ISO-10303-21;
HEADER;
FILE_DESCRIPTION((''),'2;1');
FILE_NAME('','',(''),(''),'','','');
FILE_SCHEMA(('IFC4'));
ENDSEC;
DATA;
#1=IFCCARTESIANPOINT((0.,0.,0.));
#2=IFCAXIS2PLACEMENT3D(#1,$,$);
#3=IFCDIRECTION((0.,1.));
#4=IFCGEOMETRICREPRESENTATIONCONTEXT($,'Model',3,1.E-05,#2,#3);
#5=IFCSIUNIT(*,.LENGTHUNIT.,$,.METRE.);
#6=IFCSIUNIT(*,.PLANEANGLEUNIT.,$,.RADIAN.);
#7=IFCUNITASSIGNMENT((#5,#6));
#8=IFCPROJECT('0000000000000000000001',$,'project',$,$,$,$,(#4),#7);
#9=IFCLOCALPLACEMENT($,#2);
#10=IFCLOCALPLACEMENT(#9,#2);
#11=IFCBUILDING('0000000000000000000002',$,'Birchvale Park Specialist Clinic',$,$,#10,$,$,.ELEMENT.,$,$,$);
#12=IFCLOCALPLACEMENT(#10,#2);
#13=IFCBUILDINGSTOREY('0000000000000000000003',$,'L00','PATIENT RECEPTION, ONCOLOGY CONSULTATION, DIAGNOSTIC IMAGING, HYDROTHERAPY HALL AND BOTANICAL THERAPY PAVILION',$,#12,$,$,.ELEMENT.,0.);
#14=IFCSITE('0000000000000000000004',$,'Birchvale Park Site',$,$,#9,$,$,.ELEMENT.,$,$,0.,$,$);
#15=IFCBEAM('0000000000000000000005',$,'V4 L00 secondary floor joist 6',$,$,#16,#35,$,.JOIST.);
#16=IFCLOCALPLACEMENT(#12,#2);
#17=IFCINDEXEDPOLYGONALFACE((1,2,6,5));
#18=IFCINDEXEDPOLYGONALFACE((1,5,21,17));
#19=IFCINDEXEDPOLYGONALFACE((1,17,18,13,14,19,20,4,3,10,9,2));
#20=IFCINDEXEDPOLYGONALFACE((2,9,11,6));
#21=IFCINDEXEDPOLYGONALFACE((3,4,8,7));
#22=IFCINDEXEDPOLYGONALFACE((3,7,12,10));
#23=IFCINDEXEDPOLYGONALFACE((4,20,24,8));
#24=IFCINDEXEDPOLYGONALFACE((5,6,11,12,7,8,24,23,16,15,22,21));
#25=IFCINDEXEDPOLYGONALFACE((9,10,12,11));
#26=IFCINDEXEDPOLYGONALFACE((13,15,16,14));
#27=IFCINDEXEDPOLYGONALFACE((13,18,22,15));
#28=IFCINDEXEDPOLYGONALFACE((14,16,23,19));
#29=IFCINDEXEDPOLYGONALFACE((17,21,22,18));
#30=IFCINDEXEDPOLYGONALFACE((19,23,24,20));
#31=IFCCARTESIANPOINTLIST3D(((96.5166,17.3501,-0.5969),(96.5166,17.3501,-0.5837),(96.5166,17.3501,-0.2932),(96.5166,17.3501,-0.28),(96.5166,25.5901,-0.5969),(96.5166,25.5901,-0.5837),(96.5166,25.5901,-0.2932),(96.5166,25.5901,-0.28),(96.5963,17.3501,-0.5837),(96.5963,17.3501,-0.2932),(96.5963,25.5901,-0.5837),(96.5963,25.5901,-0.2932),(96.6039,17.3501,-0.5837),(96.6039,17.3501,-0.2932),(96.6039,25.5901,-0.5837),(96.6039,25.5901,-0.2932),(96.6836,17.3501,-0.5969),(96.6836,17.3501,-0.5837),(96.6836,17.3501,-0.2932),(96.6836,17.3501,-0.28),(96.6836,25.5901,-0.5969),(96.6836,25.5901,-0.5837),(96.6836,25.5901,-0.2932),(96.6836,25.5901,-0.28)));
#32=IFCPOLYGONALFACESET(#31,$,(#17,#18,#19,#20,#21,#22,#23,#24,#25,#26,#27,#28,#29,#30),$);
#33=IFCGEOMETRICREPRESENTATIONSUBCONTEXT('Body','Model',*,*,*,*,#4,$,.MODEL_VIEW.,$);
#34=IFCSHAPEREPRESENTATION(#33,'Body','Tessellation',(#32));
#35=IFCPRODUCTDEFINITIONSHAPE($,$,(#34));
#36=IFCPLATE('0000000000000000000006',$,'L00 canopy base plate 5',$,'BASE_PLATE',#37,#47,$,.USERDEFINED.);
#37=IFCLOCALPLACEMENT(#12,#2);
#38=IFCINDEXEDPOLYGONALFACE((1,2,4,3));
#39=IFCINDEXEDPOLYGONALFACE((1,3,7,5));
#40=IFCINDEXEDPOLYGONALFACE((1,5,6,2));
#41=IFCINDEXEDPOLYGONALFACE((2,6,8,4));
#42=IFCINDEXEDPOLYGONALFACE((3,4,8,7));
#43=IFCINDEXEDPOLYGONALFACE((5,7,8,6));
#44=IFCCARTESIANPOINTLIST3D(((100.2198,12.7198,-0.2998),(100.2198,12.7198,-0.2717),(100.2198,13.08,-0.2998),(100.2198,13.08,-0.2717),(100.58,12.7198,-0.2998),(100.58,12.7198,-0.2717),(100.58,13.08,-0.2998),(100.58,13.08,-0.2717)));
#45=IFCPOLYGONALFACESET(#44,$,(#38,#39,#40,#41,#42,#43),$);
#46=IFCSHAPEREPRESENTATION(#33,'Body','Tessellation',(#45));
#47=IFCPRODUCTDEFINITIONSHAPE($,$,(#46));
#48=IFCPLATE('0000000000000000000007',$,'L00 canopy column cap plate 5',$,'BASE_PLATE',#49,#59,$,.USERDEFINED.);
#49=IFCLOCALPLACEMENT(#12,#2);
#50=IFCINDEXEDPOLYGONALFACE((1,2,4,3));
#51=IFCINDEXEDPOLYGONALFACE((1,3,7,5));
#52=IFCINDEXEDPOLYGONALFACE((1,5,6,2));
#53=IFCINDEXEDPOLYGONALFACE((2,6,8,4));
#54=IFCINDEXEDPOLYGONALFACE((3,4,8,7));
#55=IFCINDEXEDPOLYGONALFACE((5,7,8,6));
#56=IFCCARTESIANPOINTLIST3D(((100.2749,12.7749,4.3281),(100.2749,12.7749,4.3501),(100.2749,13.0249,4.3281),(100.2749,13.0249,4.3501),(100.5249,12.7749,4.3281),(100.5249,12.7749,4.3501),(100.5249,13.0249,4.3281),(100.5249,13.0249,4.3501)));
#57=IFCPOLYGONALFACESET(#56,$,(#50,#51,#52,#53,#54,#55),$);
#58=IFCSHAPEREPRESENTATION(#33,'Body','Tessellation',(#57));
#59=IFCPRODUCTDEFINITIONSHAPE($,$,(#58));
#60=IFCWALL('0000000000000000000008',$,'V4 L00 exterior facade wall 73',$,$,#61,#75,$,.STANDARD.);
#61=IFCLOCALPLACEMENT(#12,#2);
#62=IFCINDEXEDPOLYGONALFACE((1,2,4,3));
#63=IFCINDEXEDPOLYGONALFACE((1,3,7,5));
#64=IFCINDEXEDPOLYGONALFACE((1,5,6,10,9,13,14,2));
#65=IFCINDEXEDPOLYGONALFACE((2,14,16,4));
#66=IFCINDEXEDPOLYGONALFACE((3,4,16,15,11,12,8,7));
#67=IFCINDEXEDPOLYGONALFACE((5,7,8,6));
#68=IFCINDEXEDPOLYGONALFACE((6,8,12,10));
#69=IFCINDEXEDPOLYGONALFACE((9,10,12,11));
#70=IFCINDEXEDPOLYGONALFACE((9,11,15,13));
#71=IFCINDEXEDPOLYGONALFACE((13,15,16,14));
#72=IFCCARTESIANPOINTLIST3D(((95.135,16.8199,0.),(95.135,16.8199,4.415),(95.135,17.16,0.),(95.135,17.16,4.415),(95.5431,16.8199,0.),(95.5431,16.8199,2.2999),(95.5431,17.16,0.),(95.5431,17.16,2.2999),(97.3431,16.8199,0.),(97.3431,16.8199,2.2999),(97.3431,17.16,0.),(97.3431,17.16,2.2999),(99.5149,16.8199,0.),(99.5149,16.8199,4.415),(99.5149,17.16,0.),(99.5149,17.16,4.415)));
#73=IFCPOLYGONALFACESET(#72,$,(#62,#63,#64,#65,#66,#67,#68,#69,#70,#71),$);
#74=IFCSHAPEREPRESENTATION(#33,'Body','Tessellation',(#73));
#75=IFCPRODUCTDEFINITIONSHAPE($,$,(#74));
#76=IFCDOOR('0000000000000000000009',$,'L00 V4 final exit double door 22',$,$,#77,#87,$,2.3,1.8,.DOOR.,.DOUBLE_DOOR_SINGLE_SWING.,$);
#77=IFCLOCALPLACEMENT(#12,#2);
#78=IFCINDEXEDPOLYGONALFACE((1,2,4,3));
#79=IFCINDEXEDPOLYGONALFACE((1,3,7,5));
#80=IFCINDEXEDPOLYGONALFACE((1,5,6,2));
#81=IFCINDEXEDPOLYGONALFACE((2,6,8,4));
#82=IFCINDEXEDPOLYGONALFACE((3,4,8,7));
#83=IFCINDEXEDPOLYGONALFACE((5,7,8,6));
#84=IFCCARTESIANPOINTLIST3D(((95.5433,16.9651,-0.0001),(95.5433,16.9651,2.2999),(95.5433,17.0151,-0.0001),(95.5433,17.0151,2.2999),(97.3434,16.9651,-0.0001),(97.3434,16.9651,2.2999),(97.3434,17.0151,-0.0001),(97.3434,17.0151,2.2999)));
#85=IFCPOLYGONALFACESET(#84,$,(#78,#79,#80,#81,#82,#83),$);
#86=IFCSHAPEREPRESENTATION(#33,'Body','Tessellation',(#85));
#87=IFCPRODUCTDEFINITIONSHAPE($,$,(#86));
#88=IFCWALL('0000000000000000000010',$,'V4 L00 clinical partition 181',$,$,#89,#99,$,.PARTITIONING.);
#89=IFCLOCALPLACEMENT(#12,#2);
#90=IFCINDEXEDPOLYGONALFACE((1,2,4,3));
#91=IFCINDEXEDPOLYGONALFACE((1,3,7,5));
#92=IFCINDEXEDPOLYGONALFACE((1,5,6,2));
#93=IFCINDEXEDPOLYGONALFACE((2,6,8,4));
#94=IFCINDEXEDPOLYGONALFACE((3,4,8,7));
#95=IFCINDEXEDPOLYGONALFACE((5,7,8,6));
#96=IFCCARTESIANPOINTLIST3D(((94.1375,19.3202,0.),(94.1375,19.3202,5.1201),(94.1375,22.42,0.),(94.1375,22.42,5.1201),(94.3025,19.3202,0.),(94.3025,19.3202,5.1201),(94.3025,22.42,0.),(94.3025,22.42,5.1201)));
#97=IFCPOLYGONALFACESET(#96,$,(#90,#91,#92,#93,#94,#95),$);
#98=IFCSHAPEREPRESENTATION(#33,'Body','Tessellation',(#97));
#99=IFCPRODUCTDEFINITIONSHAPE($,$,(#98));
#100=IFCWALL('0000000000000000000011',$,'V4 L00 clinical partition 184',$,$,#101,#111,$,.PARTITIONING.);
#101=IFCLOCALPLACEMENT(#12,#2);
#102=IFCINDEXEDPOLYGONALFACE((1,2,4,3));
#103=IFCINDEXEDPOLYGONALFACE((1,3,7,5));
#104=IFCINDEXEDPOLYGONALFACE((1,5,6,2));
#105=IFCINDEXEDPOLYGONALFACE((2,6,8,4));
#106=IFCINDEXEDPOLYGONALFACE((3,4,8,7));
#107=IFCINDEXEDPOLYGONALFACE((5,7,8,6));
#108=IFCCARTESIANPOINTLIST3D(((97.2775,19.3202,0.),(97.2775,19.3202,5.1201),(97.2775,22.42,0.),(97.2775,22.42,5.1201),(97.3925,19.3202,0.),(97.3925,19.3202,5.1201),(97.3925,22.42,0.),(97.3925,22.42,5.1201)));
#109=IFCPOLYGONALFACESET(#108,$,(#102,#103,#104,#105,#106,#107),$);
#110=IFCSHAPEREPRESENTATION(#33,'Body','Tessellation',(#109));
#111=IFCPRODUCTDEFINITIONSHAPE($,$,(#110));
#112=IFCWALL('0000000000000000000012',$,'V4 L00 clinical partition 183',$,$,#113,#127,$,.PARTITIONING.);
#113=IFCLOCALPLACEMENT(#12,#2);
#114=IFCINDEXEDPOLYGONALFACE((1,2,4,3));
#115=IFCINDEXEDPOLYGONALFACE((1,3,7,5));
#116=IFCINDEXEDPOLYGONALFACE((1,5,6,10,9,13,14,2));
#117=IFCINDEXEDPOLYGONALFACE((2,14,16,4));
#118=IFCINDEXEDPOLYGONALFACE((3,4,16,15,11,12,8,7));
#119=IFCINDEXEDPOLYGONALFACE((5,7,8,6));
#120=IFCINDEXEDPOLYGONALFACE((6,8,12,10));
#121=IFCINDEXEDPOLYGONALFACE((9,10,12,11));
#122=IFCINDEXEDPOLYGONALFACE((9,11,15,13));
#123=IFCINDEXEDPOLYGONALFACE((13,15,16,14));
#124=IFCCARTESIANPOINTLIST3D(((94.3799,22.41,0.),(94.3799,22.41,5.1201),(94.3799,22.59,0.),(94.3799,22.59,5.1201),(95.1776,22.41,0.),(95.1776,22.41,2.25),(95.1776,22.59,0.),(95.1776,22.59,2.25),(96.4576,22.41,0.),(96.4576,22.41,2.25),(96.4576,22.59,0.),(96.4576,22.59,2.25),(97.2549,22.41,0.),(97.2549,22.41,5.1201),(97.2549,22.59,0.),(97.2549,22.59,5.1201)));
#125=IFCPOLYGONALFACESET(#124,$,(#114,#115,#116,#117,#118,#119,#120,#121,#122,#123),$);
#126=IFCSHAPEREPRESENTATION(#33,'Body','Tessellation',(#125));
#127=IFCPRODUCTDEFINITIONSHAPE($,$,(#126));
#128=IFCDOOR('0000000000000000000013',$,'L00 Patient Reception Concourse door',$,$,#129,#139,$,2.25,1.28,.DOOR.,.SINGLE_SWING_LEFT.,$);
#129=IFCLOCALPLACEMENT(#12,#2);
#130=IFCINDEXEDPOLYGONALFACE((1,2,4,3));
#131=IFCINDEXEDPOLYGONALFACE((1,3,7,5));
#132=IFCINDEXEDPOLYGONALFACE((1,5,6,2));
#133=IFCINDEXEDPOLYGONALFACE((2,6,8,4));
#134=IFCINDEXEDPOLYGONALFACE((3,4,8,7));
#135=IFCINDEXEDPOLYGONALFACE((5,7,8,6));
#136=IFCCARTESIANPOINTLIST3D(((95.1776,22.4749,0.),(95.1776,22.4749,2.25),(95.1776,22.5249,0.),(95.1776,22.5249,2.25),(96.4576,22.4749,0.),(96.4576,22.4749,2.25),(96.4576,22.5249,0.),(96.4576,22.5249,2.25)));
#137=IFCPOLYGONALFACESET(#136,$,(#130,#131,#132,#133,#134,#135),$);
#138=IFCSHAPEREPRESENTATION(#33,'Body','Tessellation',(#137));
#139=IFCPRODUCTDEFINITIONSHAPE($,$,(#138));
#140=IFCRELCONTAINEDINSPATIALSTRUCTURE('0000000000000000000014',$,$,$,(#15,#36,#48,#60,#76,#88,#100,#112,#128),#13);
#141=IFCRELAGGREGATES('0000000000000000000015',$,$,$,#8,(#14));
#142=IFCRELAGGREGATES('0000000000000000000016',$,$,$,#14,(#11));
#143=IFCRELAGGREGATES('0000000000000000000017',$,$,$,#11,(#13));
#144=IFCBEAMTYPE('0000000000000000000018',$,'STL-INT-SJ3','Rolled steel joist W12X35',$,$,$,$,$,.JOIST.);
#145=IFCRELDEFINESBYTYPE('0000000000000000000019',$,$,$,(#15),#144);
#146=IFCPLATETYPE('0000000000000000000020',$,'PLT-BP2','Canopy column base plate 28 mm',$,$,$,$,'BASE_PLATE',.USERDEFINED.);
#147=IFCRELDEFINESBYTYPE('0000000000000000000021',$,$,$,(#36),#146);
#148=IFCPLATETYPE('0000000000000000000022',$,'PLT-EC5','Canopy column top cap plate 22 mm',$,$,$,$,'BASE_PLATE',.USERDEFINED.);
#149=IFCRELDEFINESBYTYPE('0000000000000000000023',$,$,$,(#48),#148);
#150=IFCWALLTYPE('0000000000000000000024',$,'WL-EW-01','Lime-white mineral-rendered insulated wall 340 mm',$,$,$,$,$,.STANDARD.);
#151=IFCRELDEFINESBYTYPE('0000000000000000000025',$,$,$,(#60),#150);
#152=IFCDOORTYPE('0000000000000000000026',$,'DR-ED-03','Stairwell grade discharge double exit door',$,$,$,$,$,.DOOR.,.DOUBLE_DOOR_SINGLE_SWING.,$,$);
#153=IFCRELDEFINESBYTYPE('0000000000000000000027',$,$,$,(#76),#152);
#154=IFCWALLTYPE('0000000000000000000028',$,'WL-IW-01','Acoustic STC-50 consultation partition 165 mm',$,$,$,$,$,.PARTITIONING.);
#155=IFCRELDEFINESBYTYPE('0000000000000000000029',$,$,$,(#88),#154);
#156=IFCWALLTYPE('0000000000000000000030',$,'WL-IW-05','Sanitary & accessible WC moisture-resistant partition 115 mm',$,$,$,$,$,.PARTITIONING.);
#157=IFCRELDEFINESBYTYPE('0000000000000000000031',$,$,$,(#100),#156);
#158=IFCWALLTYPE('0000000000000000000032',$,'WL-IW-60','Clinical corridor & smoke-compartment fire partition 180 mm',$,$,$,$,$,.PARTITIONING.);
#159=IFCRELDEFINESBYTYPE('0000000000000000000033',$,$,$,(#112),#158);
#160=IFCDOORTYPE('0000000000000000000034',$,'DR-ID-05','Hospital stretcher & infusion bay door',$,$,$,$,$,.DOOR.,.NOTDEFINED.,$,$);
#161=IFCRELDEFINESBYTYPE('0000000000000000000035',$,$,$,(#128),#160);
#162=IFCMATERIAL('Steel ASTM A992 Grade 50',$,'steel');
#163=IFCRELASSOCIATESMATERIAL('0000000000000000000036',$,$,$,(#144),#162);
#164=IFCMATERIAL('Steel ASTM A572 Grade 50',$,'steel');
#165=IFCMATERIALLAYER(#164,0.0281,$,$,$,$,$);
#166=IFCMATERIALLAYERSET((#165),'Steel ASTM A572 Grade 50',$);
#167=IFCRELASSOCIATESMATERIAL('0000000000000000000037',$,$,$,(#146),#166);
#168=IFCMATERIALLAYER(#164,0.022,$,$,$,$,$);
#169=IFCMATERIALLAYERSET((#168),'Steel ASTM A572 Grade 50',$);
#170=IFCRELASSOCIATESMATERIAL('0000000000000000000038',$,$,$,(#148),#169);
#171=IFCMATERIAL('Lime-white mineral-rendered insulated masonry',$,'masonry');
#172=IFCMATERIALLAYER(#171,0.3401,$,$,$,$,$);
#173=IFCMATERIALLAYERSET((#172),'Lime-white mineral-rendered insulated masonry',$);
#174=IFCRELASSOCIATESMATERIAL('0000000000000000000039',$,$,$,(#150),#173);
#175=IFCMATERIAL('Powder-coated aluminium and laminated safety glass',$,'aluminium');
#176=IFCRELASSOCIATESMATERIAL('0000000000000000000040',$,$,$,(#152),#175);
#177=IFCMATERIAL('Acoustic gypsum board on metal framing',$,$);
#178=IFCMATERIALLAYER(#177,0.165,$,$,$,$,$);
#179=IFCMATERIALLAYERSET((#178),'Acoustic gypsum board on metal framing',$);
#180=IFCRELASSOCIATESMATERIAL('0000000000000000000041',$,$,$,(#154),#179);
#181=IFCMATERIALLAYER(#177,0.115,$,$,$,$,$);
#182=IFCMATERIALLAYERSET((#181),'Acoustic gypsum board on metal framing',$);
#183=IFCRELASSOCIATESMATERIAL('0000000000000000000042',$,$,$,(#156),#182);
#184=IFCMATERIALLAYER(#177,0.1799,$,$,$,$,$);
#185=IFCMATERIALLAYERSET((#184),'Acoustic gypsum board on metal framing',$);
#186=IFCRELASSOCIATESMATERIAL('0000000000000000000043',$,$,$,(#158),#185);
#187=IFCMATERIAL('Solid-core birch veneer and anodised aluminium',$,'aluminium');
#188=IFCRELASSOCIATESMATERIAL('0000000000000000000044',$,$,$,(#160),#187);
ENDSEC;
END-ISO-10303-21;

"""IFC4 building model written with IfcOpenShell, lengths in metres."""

from ifc_helpers import new_model, si_unit, direction, frame, frame_2d, origin, origin_2d, place, context, subcontext, project, spatial, rectangle, i_section, extrude, material, layer, layer_set, material_profile, profile_set, type_object, element, fill, save


model = new_model("IFC4")

# Units and contexts
model_context = context("Model", 3, precision=1e-05, world=origin(), true_north=direction((0.0, 1.0)))
body_context = subcontext(model_context, "Body", "Model", "MODEL_VIEW")
ifc_project = project(units=[si_unit("LENGTHUNIT", "METRE"), si_unit("PLANEANGLEUNIT", "RADIAN")], contexts=[model_context])

# Site, building, storey
site_placement = place(None, origin())
site = spatial("IfcSite", under=ifc_project, at=site_placement, Name="Birchvale Park Site", CompositionType="ELEMENT", RefElevation=0.0)
building_placement = place(site_placement, origin())
building = spatial("IfcBuilding", under=site, at=building_placement, Name="Birchvale Park Specialist Clinic", CompositionType="ELEMENT")
storey_placement = place(building_placement, origin())
storey = spatial("IfcBuildingStorey", under=building, at=storey_placement, Name="L00", Description="PATIENT RECEPTION, ONCOLOGY CONSULTATION, DIAGNOSTIC IMAGING, HYDROTHERAPY HALL AND BOTANICAL THERAPY PAVILION", CompositionType="ELEMENT", Elevation=0.0)

# Beam
ifc_material_1 = material(Name="Steel ASTM A992 Grade 50", Category="steel")
ifc_material_profile_1 = material_profile(ifc_material_1, i_section(OverallWidth=0.167, OverallDepth=0.3169, WebThickness=0.0076, FlangeThickness=0.0132, at=origin_2d()), Name="W12X35")
ifc_profile_set_1 = profile_set([ifc_material_profile_1], Name="Steel ASTM A992 Grade 50")
beam_type_1 = type_object("IfcBeamType", Name="STL-INT-SJ3", Description="Rolled steel joist W12X35", PredefinedType="JOIST", material=ifc_profile_set_1)
beam_1_placement = place(storey_placement, frame((96.6001, 17.3501, -0.4385), z_axis=(0.0, 1.0, 0.0), x_axis=(-1.0, 0.0, 0.0)))
element("IfcBeam", 1, at=beam_1_placement, inside=storey, type_object=beam_type_1, Name="V4 L00 secondary floor joist 6", PredefinedType="JOIST", context=body_context, shape_type="SweptSolid", body=[
    extrude(i_section(OverallWidth=0.167, OverallDepth=0.3169, WebThickness=0.0076, FlangeThickness=0.0132, at=origin_2d()), origin(), (0.0, 0.0, 1.0), 8.24),
])

# Plates
ifc_material_2 = material(Name="Steel ASTM A572 Grade 50", Category="steel")
ifc_layer_1 = layer(ifc_material_2, 0.0281)
ifc_layer_set_1 = layer_set([ifc_layer_1], Name="Steel ASTM A572 Grade 50")
plate_type_1 = type_object("IfcPlateType", Name="PLT-BP2", Description="Canopy column base plate 28 mm", ElementType="BASE_PLATE", PredefinedType="USERDEFINED", material=ifc_layer_set_1)
plate_1_placement = place(storey_placement, frame((100.3999, 12.8999, -0.2998), z_axis=(0.0, 0.0, 1.0), x_axis=(1.0, 0.0, 0.0)))
element("IfcPlate", 2, at=plate_1_placement, inside=storey, type_object=plate_type_1, Name="L00 canopy base plate 5", ObjectType="BASE_PLATE", PredefinedType="USERDEFINED", context=body_context, shape_type="SweptSolid", body=[
    extrude(rectangle(XDim=0.3601, YDim=0.3601, at=origin_2d()), origin(), (0.0, 0.0, 1.0), 0.0281),
])
ifc_layer_2 = layer(ifc_material_2, 0.022)
ifc_layer_set_2 = layer_set([ifc_layer_2], Name="Steel ASTM A572 Grade 50")
plate_type_2 = type_object("IfcPlateType", Name="PLT-EC5", Description="Canopy column top cap plate 22 mm", ElementType="BASE_PLATE", PredefinedType="USERDEFINED", material=ifc_layer_set_2)
plate_2_placement = place(storey_placement, frame((100.3999, 12.8999, 4.3281), z_axis=(0.0, 0.0, 1.0), x_axis=(1.0, 0.0, 0.0)))
element("IfcPlate", 3, at=plate_2_placement, inside=storey, type_object=plate_type_2, Name="L00 canopy column cap plate 5", ObjectType="BASE_PLATE", PredefinedType="USERDEFINED", context=body_context, shape_type="SweptSolid", body=[
    extrude(rectangle(XDim=0.25, YDim=0.25, at=origin_2d()), origin(), (0.0, 0.0, 1.0), 0.022),
])

# Wall, opening, door
ifc_material_3 = material(Name="Lime-white mineral-rendered insulated masonry", Category="masonry")
ifc_layer_3 = layer(ifc_material_3, 0.3401)
ifc_layer_set_3 = layer_set([ifc_layer_3], Name="Lime-white mineral-rendered insulated masonry")
wall_type_1 = type_object("IfcWallType", Name="WL-EW-01", Description="Lime-white mineral-rendered insulated wall 340 mm", PredefinedType="STANDARD", material=ifc_layer_set_3)
wall_1_placement = place(storey_placement, frame((95.135, 16.99, 0.0), z_axis=(0.0, 0.0, 1.0), x_axis=(1.0, 0.0, 0.0)))
wall_1 = element("IfcWall", 4, at=wall_1_placement, inside=storey, type_object=wall_type_1, Name="V4 L00 exterior facade wall 73", PredefinedType="STANDARD", context=body_context, shape_type="SweptSolid", body=[
    extrude(rectangle(XDim=4.3799, YDim=0.3401, at=frame_2d((2.1899, 0.0))), origin(), (0.0, 0.0, 1.0), 4.415),
])
opening_1_placement = place(wall_1_placement, frame((0.4082, 0.0, 0.0)))
opening_1 = element("IfcOpeningElement", 5, at=opening_1_placement, cuts=wall_1, PredefinedType="OPENING", context=body_context, shape_type="SweptSolid", body=[
    extrude(rectangle(XDim=1.8, YDim=2.3, at=frame_2d((0.8999, 1.1499))), frame((0.0, 0.1802, 0.0), z_axis=(0.0, -1.0, 0.0), x_axis=(1.0, 0.0, 0.0)), (0.0, 0.0, 1.0), 0.3601),
])
ifc_material_4 = material(Name="Powder-coated aluminium and laminated safety glass", Category="aluminium")
door_type_1 = type_object("IfcDoorType", Name="DR-ED-03", Description="Stairwell grade discharge double exit door", OperationType="DOUBLE_DOOR_SINGLE_SWING", PredefinedType="DOOR", material=ifc_material_4)
door_1_placement = place(opening_1_placement, frame((1.8, 0.0, 0.0), z_axis=(0.0, 0.0, 1.0), x_axis=(-1.0, 0.0, 0.0)))
door_1 = element("IfcDoor", 6, at=door_1_placement, inside=storey, type_object=door_type_1, Name="L00 V4 final exit double door 22", OperationType="DOUBLE_DOOR_SINGLE_SWING", OverallHeight=2.3, OverallWidth=1.8, PredefinedType="DOOR", context=body_context, shape_type="SweptSolid", body=[
    extrude(rectangle(XDim=1.8, YDim=2.3, at=frame_2d((0.8999, 1.1499))), frame((0.0, 0.0249, 0.0), z_axis=(0.0, -1.0, 0.0), x_axis=(1.0, 0.0, 0.0)), (0.0, 0.0, 1.0), 0.05),
])
fill(opening_1, door_1)

# Walls
ifc_material_5 = material(Name="Acoustic gypsum board on metal framing")
ifc_layer_4 = layer(ifc_material_5, 0.165)
ifc_layer_set_4 = layer_set([ifc_layer_4], Name="Acoustic gypsum board on metal framing")
wall_type_2 = type_object("IfcWallType", Name="WL-IW-01", Description="Acoustic STC-50 consultation partition 165 mm", PredefinedType="PARTITIONING", material=ifc_layer_set_4)
wall_2_placement = place(storey_placement, frame((94.22, 22.4199, 0.0), z_axis=(0.0, 0.0, 1.0), x_axis=(0.0, -1.0, 0.0)))
element("IfcWall", 7, at=wall_2_placement, inside=storey, type_object=wall_type_2, Name="V4 L00 clinical partition 181", PredefinedType="PARTITIONING", context=body_context, shape_type="SweptSolid", body=[
    extrude(rectangle(XDim=3.0999, YDim=0.165, at=frame_2d((1.5498, 0.0))), origin(), (0.0, 0.0, 1.0), 5.1201),
])
ifc_layer_5 = layer(ifc_material_5, 0.115)
ifc_layer_set_5 = layer_set([ifc_layer_5], Name="Acoustic gypsum board on metal framing")
wall_type_3 = type_object("IfcWallType", Name="WL-IW-05", Description="Sanitary & accessible WC moisture-resistant partition 115 mm", PredefinedType="PARTITIONING", material=ifc_layer_set_5)
wall_3_placement = place(storey_placement, frame((97.335, 22.4199, 0.0), z_axis=(0.0, 0.0, 1.0), x_axis=(0.0, -1.0, 0.0)))
element("IfcWall", 8, at=wall_3_placement, inside=storey, type_object=wall_type_3, Name="V4 L00 clinical partition 184", PredefinedType="PARTITIONING", context=body_context, shape_type="SweptSolid", body=[
    extrude(rectangle(XDim=3.0999, YDim=0.115, at=frame_2d((1.5498, 0.0))), origin(), (0.0, 0.0, 1.0), 5.1201),
])

# Wall, opening, door
ifc_layer_6 = layer(ifc_material_5, 0.1799)
ifc_layer_set_6 = layer_set([ifc_layer_6], Name="Acoustic gypsum board on metal framing")
wall_type_4 = type_object("IfcWallType", Name="WL-IW-60", Description="Clinical corridor & smoke-compartment fire partition 180 mm", PredefinedType="PARTITIONING", material=ifc_layer_set_6)
wall_4_placement = place(storey_placement, frame((94.3799, 22.5, 0.0), z_axis=(0.0, 0.0, 1.0), x_axis=(1.0, 0.0, 0.0)))
wall_4 = element("IfcWall", 9, at=wall_4_placement, inside=storey, type_object=wall_type_4, Name="V4 L00 clinical partition 183", PredefinedType="PARTITIONING", context=body_context, shape_type="SweptSolid", body=[
    extrude(rectangle(XDim=2.875, YDim=0.1799, at=frame_2d((1.4375, 0.0))), origin(), (0.0, 0.0, 1.0), 5.1201),
])
opening_2_placement = place(wall_4_placement, frame((0.7976, 0.0, 0.0)))
opening_2 = element("IfcOpeningElement", 10, at=opening_2_placement, cuts=wall_4, PredefinedType="OPENING", context=body_context, shape_type="SweptSolid", body=[
    extrude(rectangle(XDim=1.28, YDim=2.25, at=frame_2d((0.6401, 1.125))), frame((0.0, 0.1001, 0.0), z_axis=(0.0, -1.0, 0.0), x_axis=(1.0, 0.0, 0.0)), (0.0, 0.0, 1.0), 0.2),
])
ifc_material_6 = material(Name="Solid-core birch veneer and anodised aluminium", Category="aluminium")
door_type_2 = type_object("IfcDoorType", Name="DR-ID-05", Description="Hospital stretcher & infusion bay door", OperationType="NOTDEFINED", PredefinedType="DOOR", material=ifc_material_6)
door_2_placement = place(opening_2_placement, origin())
door_2 = element("IfcDoor", 11, at=door_2_placement, inside=storey, type_object=door_type_2, Name="L00 Patient Reception Concourse door", OperationType="SINGLE_SWING_LEFT", OverallHeight=2.25, OverallWidth=1.28, PredefinedType="DOOR", context=body_context, shape_type="SweptSolid", body=[
    extrude(rectangle(XDim=1.28, YDim=2.25, at=frame_2d((0.6401, 1.125))), frame((0.0, 0.0249, 0.0), z_axis=(0.0, -1.0, 0.0), x_axis=(1.0, 0.0, 0.0)), (0.0, 0.0, 1.0), 0.05),
])
fill(opening_2, door_2)

save(model, "model.ifc")
